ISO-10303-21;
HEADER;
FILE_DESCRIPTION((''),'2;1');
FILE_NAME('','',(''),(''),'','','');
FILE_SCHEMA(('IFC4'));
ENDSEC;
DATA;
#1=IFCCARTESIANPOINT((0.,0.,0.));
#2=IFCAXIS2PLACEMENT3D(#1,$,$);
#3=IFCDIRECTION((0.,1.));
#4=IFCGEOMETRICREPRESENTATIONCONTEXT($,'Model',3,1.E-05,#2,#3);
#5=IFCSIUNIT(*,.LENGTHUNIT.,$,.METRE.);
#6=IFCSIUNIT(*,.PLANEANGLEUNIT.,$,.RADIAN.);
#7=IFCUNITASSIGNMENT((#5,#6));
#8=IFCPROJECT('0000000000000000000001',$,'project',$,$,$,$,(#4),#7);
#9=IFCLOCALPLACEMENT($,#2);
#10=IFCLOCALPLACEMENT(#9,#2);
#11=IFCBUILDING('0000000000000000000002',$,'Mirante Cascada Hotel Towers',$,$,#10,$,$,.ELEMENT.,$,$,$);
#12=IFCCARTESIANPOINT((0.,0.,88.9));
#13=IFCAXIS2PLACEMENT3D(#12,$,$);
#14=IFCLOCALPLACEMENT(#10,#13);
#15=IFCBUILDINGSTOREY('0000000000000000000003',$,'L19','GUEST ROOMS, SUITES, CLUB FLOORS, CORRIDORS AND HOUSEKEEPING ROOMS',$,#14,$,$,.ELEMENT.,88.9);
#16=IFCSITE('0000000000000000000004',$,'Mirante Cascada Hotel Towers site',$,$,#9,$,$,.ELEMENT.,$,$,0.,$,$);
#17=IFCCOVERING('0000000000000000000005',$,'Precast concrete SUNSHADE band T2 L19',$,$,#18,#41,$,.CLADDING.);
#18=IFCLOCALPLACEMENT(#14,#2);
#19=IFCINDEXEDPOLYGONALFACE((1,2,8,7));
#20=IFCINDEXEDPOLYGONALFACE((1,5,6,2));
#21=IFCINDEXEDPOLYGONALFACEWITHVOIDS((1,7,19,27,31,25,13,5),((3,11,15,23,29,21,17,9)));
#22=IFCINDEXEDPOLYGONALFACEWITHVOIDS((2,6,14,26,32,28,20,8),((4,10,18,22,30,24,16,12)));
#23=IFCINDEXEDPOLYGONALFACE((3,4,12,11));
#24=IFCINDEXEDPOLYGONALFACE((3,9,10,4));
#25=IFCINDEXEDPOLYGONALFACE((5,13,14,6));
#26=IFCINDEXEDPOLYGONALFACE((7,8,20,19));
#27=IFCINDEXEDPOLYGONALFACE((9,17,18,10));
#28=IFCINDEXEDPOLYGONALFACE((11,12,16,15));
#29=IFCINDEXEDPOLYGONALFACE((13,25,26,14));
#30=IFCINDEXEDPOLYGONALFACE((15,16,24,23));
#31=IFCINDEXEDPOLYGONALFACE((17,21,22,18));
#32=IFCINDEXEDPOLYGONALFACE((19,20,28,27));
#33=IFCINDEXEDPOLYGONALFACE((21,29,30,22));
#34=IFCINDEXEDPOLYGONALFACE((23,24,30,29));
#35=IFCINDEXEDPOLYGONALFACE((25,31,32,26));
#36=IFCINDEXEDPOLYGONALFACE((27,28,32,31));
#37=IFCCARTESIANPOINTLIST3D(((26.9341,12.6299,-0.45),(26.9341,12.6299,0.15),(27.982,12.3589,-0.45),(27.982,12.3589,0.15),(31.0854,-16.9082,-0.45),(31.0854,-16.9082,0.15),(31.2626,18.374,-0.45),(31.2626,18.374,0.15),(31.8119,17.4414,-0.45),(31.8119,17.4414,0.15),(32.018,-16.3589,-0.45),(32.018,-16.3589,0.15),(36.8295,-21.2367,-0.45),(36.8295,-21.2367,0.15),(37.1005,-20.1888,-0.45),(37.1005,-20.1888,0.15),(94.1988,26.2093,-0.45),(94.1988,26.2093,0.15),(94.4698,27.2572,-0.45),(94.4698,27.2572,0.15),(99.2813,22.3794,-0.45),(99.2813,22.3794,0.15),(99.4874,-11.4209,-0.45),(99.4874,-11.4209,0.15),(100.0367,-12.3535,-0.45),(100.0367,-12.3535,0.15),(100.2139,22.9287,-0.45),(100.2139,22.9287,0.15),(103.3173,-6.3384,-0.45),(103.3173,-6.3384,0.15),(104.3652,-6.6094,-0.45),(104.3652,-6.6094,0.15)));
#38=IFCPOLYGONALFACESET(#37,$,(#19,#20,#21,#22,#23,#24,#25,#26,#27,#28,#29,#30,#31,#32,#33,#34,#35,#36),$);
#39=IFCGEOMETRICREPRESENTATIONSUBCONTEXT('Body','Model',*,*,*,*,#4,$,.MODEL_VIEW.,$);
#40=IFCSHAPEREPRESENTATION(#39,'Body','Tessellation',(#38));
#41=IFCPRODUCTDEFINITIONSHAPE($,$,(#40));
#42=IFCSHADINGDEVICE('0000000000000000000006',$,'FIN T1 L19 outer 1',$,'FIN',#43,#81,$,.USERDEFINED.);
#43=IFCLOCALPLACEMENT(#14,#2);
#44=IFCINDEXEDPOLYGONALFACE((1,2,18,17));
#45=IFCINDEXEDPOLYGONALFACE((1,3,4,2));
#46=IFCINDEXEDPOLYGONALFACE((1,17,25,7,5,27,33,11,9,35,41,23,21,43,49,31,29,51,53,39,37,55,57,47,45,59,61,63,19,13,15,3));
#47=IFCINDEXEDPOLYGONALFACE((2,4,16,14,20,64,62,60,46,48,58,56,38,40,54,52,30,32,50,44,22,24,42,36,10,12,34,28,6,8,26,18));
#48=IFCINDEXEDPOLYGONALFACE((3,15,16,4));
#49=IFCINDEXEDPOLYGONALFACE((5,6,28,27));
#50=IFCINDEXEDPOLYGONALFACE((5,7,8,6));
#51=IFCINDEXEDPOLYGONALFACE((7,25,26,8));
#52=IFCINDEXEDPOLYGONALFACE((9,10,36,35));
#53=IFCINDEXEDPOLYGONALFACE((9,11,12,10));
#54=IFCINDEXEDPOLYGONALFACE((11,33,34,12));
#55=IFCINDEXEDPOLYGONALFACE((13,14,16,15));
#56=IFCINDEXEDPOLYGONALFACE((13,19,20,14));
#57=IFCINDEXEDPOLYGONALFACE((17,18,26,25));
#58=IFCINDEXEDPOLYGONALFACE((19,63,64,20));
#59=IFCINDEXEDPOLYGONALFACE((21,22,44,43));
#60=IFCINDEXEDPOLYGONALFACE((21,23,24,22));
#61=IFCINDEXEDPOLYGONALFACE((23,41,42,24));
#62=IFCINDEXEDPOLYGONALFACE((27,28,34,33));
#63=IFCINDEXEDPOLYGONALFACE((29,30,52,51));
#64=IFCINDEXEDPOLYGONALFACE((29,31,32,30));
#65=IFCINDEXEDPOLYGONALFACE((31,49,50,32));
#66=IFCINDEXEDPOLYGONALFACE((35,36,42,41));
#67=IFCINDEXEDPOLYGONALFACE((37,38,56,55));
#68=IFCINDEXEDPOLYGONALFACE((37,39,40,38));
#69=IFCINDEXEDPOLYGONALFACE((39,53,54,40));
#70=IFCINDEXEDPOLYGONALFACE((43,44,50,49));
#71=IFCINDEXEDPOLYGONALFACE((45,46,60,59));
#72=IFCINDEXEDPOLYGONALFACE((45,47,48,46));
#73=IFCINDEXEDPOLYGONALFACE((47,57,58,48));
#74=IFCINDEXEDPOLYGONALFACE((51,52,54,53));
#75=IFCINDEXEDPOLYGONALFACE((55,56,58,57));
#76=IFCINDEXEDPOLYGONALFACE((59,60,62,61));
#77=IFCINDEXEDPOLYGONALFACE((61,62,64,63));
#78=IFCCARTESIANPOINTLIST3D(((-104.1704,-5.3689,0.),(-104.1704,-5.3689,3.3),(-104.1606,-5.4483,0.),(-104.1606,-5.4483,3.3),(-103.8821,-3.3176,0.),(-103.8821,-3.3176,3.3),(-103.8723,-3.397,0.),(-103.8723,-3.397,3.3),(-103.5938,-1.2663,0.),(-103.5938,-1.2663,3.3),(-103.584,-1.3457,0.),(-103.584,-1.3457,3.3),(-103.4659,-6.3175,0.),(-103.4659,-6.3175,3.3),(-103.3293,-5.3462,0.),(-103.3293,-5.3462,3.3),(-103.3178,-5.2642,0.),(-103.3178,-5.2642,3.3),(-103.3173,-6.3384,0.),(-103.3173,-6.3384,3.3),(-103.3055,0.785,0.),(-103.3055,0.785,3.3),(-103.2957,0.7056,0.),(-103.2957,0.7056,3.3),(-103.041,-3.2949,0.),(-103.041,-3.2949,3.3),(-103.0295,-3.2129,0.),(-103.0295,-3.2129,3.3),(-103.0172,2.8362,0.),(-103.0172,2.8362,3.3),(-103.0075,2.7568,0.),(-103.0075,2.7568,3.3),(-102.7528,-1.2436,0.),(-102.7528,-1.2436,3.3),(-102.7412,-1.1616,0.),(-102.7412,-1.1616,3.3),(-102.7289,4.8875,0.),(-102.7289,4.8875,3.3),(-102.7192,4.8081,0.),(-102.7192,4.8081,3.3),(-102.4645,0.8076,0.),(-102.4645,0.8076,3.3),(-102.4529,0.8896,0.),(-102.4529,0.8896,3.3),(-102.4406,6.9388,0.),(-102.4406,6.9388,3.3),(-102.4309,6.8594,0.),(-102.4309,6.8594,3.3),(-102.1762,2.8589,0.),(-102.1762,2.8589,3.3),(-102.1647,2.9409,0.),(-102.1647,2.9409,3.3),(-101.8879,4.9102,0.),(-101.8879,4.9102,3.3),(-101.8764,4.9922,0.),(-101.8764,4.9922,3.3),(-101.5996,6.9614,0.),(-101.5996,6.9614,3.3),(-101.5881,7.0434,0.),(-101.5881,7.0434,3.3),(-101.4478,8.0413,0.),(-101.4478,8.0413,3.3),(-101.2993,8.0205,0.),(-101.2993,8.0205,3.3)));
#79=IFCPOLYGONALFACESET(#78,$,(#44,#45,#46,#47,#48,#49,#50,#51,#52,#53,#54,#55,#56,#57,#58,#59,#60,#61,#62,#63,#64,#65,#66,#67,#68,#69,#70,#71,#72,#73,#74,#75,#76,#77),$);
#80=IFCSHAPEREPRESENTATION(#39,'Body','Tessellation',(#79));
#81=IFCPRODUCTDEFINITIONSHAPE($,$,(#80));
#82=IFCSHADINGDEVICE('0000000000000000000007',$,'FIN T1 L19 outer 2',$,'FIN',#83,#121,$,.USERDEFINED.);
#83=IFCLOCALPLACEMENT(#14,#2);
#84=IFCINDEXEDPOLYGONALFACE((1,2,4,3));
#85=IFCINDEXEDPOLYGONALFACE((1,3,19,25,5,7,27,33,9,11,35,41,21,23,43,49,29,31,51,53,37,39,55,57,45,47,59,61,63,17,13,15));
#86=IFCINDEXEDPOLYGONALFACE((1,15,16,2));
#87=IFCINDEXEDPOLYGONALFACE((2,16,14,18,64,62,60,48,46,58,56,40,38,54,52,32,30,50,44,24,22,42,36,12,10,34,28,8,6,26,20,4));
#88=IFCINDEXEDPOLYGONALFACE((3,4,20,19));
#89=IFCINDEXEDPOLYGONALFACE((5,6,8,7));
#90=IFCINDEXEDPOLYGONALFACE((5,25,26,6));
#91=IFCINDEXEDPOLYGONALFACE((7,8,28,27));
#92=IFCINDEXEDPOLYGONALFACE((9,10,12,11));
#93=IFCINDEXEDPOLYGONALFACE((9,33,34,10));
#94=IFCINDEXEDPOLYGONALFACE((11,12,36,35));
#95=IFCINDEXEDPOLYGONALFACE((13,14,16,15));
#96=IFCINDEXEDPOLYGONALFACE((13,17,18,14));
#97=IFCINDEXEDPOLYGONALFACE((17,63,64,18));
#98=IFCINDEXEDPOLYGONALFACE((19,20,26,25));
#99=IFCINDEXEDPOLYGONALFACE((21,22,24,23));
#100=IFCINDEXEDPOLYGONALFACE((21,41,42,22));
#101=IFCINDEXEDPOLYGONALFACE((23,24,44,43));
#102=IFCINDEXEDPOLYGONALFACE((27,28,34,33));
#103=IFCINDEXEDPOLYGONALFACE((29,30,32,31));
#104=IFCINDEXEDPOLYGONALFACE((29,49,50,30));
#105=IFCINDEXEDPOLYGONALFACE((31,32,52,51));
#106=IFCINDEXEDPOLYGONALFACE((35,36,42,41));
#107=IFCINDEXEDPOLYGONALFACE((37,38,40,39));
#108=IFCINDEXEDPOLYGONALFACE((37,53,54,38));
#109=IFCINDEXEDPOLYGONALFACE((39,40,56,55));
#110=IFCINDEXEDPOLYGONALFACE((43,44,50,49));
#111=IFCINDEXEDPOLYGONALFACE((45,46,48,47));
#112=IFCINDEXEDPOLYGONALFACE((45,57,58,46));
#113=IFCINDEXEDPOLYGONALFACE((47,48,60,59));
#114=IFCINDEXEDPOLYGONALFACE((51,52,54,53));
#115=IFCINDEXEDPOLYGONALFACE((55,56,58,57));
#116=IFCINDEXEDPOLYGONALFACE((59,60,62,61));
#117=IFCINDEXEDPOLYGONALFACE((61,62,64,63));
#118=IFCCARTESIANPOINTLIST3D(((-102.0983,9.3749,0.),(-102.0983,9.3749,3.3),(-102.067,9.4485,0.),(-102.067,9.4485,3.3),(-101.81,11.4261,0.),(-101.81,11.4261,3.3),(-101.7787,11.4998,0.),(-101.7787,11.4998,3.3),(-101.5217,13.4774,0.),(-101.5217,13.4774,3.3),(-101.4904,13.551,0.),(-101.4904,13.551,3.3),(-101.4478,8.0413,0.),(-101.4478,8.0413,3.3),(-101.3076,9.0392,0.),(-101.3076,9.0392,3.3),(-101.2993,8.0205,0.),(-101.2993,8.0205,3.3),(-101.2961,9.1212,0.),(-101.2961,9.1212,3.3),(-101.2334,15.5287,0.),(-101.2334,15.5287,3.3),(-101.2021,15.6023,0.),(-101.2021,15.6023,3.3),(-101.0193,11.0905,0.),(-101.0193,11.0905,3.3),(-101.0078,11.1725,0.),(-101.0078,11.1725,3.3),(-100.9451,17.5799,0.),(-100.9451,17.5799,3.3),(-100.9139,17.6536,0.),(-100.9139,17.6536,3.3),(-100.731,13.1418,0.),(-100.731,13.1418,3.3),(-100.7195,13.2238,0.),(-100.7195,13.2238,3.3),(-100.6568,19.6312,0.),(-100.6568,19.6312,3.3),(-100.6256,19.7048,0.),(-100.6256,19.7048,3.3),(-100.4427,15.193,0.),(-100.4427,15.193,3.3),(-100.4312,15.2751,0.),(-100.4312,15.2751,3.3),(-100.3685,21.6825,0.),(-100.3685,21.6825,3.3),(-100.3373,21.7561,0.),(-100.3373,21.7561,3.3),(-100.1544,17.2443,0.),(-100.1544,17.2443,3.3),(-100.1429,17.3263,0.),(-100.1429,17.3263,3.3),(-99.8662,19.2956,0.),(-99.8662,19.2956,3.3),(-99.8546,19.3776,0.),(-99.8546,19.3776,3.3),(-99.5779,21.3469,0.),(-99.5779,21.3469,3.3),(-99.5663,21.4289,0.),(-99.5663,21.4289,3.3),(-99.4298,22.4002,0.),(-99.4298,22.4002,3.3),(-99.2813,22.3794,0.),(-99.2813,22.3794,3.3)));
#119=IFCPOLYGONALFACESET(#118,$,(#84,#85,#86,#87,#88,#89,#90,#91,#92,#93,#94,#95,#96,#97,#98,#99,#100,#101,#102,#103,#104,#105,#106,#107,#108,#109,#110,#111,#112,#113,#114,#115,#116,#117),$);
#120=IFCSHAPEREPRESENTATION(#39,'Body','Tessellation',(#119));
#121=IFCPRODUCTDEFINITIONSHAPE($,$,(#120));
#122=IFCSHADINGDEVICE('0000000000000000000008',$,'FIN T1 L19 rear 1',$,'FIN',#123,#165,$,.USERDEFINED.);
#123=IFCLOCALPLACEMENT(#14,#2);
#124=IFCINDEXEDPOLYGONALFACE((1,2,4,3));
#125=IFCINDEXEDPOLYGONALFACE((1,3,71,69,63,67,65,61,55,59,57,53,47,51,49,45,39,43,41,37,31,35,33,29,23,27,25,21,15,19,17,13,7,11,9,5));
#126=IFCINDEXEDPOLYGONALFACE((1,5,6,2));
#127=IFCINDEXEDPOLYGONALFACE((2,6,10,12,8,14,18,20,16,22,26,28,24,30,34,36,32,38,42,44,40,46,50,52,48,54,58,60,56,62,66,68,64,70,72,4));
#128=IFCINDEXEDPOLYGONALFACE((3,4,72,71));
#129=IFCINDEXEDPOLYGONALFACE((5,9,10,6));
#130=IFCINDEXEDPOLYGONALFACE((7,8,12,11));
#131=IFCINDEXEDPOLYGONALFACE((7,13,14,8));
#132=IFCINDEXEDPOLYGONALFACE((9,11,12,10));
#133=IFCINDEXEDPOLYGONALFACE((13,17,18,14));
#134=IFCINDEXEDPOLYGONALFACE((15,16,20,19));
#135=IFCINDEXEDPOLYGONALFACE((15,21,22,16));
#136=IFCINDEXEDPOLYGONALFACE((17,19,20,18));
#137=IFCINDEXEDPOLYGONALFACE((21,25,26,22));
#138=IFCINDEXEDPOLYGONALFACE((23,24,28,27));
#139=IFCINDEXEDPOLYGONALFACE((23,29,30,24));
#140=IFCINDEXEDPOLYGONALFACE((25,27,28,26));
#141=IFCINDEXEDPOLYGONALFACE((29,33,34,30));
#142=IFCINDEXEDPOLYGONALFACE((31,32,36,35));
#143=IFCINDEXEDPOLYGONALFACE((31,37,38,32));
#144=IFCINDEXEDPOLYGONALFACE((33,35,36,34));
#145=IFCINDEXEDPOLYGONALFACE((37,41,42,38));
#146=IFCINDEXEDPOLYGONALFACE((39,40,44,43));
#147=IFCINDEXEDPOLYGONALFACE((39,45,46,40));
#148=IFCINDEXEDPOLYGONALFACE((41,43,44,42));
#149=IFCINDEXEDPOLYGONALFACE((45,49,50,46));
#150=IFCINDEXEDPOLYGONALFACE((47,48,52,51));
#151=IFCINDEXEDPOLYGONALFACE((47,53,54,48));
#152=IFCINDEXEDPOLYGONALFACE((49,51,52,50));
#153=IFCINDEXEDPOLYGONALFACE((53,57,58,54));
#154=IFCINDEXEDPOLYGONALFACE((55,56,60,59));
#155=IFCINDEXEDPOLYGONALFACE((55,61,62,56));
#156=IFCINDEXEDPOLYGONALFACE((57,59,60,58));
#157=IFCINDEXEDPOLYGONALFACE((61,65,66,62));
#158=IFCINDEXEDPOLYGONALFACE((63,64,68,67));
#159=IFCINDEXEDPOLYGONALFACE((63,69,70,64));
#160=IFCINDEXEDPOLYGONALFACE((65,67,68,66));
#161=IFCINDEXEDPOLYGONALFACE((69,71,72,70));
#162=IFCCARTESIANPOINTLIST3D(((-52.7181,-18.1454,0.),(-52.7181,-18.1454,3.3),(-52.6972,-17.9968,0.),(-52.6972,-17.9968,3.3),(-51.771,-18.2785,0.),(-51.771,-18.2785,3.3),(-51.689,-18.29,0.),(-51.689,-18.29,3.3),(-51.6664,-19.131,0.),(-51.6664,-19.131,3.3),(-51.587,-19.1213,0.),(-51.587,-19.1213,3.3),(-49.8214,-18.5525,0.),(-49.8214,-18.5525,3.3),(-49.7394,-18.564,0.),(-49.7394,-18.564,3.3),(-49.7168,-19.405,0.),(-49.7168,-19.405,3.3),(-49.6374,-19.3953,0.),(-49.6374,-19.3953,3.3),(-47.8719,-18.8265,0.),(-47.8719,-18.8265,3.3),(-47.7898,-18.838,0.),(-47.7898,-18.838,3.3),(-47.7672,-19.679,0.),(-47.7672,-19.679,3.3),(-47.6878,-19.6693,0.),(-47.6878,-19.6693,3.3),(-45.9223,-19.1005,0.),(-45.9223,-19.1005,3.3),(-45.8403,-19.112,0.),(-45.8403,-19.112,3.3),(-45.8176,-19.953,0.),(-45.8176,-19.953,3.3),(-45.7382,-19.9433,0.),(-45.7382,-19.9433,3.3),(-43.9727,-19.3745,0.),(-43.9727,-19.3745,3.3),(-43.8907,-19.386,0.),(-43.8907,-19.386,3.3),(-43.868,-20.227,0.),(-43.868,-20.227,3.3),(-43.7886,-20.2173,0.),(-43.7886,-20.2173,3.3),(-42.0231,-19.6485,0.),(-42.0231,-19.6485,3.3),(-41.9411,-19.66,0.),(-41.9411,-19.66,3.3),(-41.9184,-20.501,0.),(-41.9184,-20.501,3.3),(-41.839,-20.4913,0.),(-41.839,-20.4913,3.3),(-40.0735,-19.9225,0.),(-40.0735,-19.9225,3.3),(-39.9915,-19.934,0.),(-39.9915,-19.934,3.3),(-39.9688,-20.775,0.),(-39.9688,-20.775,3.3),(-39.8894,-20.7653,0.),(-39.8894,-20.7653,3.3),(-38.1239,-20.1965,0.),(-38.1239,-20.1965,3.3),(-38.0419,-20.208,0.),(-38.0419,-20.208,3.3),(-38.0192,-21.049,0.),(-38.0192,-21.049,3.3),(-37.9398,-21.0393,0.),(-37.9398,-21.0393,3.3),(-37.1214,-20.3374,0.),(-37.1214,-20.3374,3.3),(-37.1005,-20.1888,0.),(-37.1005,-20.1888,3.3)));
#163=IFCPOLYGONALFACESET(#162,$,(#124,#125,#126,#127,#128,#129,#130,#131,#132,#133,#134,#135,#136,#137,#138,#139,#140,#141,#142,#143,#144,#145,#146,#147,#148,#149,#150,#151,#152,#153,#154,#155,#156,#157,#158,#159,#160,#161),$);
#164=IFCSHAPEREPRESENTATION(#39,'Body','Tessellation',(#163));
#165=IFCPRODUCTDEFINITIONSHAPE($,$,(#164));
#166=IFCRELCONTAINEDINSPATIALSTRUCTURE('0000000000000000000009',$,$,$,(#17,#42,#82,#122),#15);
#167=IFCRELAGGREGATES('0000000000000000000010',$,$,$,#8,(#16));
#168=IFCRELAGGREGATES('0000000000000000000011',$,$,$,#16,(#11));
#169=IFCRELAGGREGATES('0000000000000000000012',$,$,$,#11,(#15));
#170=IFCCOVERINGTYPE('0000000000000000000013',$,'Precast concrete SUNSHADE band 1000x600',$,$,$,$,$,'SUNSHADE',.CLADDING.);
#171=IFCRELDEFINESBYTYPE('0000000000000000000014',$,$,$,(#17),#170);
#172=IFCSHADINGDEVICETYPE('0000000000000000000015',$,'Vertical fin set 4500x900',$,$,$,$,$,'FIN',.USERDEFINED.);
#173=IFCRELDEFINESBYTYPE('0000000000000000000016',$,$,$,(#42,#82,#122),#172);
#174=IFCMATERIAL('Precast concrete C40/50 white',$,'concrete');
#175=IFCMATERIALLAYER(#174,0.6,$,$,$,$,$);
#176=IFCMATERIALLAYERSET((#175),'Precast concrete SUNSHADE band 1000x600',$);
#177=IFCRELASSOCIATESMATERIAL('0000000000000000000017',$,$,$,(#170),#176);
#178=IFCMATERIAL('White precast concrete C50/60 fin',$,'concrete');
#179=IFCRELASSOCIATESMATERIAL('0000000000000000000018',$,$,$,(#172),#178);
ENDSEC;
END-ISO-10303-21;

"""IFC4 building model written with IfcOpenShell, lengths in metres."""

from ifc_helpers import new_model, si_unit, direction, frame, origin, place, context, subcontext, project, spatial, polyline, outline, extrude, material, layer, layer_set, type_object, element, save


model = new_model("IFC4")

# Units and contexts
model_context = context("Model", 3, precision=1e-05, world=origin(), true_north=direction((0.0, 1.0)))
body_context = subcontext(model_context, "Body", "Model", "MODEL_VIEW")
ifc_project = project(units=[si_unit("LENGTHUNIT", "METRE"), si_unit("PLANEANGLEUNIT", "RADIAN")], contexts=[model_context])

# Site, building, storey
site_placement = place(None, origin())
site = spatial("IfcSite", under=ifc_project, at=site_placement, Name="Mirante Cascada Hotel Towers site", CompositionType="ELEMENT", RefElevation=0.0)
building_placement = place(site_placement, origin())
building = spatial("IfcBuilding", under=site, at=building_placement, Name="Mirante Cascada Hotel Towers", CompositionType="ELEMENT")
storey_placement = place(building_placement, frame((0.0, 0.0, 88.9)))
storey = spatial("IfcBuildingStorey", under=building, at=storey_placement, Name="L19", Description="GUEST ROOMS, SUITES, CLUB FLOORS, CORRIDORS AND HOUSEKEEPING ROOMS", CompositionType="ELEMENT", Elevation=88.9)

# Covering
ifc_material_1 = material(Name="Precast concrete C40/50 white", Category="concrete")
ifc_layer_1 = layer(ifc_material_1, 0.6)
ifc_layer_set_1 = layer_set([ifc_layer_1], Name="Precast concrete SUNSHADE band 1000x600")
covering_type = type_object("IfcCoveringType", Name="Precast concrete SUNSHADE band 1000x600", ElementType="SUNSHADE", PredefinedType="CLADDING", material=ifc_layer_set_1)
covering_placement = place(storey_placement, frame((0.0, 0.0, -0.45)))
element("IfcCovering", 1, at=covering_placement, inside=storey, type_object=covering_type, Name="Precast concrete SUNSHADE band T2 L19", PredefinedType="CLADDING", context=body_context, shape_type="SweptSolid", body=[
    extrude(outline(polyline([(26.9341, 12.6299), (31.2626, 18.374), (94.4698, 27.2572), (100.2139, 22.9287), (104.3652, -6.6094), (100.0367, -12.3535), (36.8295, -21.2367), (31.0854, -16.9082), (26.9341, 12.6299)]), holes=[polyline([(103.3173, -6.3384), (99.2813, 22.3794), (94.1988, 26.2093), (31.8119, 17.4414), (27.982, 12.3589), (32.018, -16.3589), (37.1005, -20.1888), (99.4874, -11.4209), (103.3173, -6.3384)])]), origin(), (0.0, 0.0, 1.0), 0.6),
])

# Shading devices
ifc_material_2 = material(Name="White precast concrete C50/60 fin", Category="concrete")
shading_device_type = type_object("IfcShadingDeviceType", Name="Vertical fin set 4500x900", ElementType="FIN", PredefinedType="USERDEFINED", material=ifc_material_2)
shading_device_1_placement = place(storey_placement, origin())
element("IfcShadingDevice", 2, at=shading_device_1_placement, inside=storey, type_object=shading_device_type, Name="FIN T1 L19 outer 1", ObjectType="FIN", PredefinedType="USERDEFINED", context=body_context, shape_type="SweptSolid", body=[
    extrude(outline(polyline([(-103.3178, -5.2642), (-103.041, -3.2949), (-103.8723, -3.397), (-103.8821, -3.3176), (-103.0295, -3.2129), (-102.7528, -1.2436), (-103.584, -1.3457), (-103.5938, -1.2663), (-102.7412, -1.1616), (-102.4645, 0.8076), (-103.2957, 0.7056), (-103.3055, 0.785), (-102.4529, 0.8896), (-102.1762, 2.8589), (-103.0075, 2.7568), (-103.0172, 2.8362), (-102.1647, 2.9409), (-101.8879, 4.9102), (-102.7192, 4.8081), (-102.7289, 4.8875), (-101.8764, 4.9922), (-101.5996, 6.9614), (-102.4309, 6.8594), (-102.4406, 6.9388), (-101.5881, 7.0434), (-101.4478, 8.0413), (-101.2993, 8.0205), (-103.3173, -6.3384), (-103.4659, -6.3175), (-103.3293, -5.3462), (-104.1606, -5.4483), (-104.1704, -5.3689), (-103.3178, -5.2642)])), origin(), (0.0, 0.0, 1.0), 3.3),
])
shading_device_2_placement = place(storey_placement, origin())
element("IfcShadingDevice", 3, at=shading_device_2_placement, inside=storey, type_object=shading_device_type, Name="FIN T1 L19 outer 2", ObjectType="FIN", PredefinedType="USERDEFINED", context=body_context, shape_type="SweptSolid", body=[
    extrude(outline(polyline([(-101.2961, 9.1212), (-101.0193, 11.0905), (-101.81, 11.4261), (-101.7787, 11.4998), (-101.0078, 11.1725), (-100.731, 13.1418), (-101.5217, 13.4774), (-101.4904, 13.551), (-100.7195, 13.2238), (-100.4427, 15.193), (-101.2334, 15.5287), (-101.2021, 15.6023), (-100.4312, 15.2751), (-100.1544, 17.2443), (-100.9451, 17.5799), (-100.9139, 17.6536), (-100.1429, 17.3263), (-99.8662, 19.2956), (-100.6568, 19.6312), (-100.6256, 19.7048), (-99.8546, 19.3776), (-99.5779, 21.3469), (-100.3685, 21.6825), (-100.3373, 21.7561), (-99.5663, 21.4289), (-99.4298, 22.4002), (-99.2813, 22.3794), (-101.2993, 8.0205), (-101.4478, 8.0413), (-101.3076, 9.0392), (-102.0983, 9.3749), (-102.067, 9.4485), (-101.2961, 9.1212)])), origin(), (0.0, 0.0, 1.0), 3.3),
])
shading_device_3_placement = place(storey_placement, origin())
element("IfcShadingDevice", 4, at=shading_device_3_placement, inside=storey, type_object=shading_device_type, Name="FIN T1 L19 rear 1", ObjectType="FIN", PredefinedType="USERDEFINED", context=body_context, shape_type="SweptSolid", body=[
    extrude(outline(polyline([(-38.1239, -20.1965), (-39.9915, -19.934), (-39.8894, -20.7653), (-39.9688, -20.775), (-40.0735, -19.9225), (-41.9411, -19.66), (-41.839, -20.4913), (-41.9184, -20.501), (-42.0231, -19.6485), (-43.8907, -19.386), (-43.7886, -20.2173), (-43.868, -20.227), (-43.9727, -19.3745), (-45.8403, -19.112), (-45.7382, -19.9433), (-45.8176, -19.953), (-45.9223, -19.1005), (-47.7898, -18.838), (-47.6878, -19.6693), (-47.7672, -19.679), (-47.8719, -18.8265), (-49.7394, -18.564), (-49.6374, -19.3953), (-49.7168, -19.405), (-49.8214, -18.5525), (-51.689, -18.29), (-51.587, -19.1213), (-51.6664, -19.131), (-51.771, -18.2785), (-52.7181, -18.1454), (-52.6972, -17.9968), (-37.1005, -20.1888), (-37.1214, -20.3374), (-38.0419, -20.208), (-37.9398, -21.0393), (-38.0192, -21.049), (-38.1239, -20.1965)])), origin(), (0.0, 0.0, 1.0), 3.3),
])

save(model, "model.ifc")
